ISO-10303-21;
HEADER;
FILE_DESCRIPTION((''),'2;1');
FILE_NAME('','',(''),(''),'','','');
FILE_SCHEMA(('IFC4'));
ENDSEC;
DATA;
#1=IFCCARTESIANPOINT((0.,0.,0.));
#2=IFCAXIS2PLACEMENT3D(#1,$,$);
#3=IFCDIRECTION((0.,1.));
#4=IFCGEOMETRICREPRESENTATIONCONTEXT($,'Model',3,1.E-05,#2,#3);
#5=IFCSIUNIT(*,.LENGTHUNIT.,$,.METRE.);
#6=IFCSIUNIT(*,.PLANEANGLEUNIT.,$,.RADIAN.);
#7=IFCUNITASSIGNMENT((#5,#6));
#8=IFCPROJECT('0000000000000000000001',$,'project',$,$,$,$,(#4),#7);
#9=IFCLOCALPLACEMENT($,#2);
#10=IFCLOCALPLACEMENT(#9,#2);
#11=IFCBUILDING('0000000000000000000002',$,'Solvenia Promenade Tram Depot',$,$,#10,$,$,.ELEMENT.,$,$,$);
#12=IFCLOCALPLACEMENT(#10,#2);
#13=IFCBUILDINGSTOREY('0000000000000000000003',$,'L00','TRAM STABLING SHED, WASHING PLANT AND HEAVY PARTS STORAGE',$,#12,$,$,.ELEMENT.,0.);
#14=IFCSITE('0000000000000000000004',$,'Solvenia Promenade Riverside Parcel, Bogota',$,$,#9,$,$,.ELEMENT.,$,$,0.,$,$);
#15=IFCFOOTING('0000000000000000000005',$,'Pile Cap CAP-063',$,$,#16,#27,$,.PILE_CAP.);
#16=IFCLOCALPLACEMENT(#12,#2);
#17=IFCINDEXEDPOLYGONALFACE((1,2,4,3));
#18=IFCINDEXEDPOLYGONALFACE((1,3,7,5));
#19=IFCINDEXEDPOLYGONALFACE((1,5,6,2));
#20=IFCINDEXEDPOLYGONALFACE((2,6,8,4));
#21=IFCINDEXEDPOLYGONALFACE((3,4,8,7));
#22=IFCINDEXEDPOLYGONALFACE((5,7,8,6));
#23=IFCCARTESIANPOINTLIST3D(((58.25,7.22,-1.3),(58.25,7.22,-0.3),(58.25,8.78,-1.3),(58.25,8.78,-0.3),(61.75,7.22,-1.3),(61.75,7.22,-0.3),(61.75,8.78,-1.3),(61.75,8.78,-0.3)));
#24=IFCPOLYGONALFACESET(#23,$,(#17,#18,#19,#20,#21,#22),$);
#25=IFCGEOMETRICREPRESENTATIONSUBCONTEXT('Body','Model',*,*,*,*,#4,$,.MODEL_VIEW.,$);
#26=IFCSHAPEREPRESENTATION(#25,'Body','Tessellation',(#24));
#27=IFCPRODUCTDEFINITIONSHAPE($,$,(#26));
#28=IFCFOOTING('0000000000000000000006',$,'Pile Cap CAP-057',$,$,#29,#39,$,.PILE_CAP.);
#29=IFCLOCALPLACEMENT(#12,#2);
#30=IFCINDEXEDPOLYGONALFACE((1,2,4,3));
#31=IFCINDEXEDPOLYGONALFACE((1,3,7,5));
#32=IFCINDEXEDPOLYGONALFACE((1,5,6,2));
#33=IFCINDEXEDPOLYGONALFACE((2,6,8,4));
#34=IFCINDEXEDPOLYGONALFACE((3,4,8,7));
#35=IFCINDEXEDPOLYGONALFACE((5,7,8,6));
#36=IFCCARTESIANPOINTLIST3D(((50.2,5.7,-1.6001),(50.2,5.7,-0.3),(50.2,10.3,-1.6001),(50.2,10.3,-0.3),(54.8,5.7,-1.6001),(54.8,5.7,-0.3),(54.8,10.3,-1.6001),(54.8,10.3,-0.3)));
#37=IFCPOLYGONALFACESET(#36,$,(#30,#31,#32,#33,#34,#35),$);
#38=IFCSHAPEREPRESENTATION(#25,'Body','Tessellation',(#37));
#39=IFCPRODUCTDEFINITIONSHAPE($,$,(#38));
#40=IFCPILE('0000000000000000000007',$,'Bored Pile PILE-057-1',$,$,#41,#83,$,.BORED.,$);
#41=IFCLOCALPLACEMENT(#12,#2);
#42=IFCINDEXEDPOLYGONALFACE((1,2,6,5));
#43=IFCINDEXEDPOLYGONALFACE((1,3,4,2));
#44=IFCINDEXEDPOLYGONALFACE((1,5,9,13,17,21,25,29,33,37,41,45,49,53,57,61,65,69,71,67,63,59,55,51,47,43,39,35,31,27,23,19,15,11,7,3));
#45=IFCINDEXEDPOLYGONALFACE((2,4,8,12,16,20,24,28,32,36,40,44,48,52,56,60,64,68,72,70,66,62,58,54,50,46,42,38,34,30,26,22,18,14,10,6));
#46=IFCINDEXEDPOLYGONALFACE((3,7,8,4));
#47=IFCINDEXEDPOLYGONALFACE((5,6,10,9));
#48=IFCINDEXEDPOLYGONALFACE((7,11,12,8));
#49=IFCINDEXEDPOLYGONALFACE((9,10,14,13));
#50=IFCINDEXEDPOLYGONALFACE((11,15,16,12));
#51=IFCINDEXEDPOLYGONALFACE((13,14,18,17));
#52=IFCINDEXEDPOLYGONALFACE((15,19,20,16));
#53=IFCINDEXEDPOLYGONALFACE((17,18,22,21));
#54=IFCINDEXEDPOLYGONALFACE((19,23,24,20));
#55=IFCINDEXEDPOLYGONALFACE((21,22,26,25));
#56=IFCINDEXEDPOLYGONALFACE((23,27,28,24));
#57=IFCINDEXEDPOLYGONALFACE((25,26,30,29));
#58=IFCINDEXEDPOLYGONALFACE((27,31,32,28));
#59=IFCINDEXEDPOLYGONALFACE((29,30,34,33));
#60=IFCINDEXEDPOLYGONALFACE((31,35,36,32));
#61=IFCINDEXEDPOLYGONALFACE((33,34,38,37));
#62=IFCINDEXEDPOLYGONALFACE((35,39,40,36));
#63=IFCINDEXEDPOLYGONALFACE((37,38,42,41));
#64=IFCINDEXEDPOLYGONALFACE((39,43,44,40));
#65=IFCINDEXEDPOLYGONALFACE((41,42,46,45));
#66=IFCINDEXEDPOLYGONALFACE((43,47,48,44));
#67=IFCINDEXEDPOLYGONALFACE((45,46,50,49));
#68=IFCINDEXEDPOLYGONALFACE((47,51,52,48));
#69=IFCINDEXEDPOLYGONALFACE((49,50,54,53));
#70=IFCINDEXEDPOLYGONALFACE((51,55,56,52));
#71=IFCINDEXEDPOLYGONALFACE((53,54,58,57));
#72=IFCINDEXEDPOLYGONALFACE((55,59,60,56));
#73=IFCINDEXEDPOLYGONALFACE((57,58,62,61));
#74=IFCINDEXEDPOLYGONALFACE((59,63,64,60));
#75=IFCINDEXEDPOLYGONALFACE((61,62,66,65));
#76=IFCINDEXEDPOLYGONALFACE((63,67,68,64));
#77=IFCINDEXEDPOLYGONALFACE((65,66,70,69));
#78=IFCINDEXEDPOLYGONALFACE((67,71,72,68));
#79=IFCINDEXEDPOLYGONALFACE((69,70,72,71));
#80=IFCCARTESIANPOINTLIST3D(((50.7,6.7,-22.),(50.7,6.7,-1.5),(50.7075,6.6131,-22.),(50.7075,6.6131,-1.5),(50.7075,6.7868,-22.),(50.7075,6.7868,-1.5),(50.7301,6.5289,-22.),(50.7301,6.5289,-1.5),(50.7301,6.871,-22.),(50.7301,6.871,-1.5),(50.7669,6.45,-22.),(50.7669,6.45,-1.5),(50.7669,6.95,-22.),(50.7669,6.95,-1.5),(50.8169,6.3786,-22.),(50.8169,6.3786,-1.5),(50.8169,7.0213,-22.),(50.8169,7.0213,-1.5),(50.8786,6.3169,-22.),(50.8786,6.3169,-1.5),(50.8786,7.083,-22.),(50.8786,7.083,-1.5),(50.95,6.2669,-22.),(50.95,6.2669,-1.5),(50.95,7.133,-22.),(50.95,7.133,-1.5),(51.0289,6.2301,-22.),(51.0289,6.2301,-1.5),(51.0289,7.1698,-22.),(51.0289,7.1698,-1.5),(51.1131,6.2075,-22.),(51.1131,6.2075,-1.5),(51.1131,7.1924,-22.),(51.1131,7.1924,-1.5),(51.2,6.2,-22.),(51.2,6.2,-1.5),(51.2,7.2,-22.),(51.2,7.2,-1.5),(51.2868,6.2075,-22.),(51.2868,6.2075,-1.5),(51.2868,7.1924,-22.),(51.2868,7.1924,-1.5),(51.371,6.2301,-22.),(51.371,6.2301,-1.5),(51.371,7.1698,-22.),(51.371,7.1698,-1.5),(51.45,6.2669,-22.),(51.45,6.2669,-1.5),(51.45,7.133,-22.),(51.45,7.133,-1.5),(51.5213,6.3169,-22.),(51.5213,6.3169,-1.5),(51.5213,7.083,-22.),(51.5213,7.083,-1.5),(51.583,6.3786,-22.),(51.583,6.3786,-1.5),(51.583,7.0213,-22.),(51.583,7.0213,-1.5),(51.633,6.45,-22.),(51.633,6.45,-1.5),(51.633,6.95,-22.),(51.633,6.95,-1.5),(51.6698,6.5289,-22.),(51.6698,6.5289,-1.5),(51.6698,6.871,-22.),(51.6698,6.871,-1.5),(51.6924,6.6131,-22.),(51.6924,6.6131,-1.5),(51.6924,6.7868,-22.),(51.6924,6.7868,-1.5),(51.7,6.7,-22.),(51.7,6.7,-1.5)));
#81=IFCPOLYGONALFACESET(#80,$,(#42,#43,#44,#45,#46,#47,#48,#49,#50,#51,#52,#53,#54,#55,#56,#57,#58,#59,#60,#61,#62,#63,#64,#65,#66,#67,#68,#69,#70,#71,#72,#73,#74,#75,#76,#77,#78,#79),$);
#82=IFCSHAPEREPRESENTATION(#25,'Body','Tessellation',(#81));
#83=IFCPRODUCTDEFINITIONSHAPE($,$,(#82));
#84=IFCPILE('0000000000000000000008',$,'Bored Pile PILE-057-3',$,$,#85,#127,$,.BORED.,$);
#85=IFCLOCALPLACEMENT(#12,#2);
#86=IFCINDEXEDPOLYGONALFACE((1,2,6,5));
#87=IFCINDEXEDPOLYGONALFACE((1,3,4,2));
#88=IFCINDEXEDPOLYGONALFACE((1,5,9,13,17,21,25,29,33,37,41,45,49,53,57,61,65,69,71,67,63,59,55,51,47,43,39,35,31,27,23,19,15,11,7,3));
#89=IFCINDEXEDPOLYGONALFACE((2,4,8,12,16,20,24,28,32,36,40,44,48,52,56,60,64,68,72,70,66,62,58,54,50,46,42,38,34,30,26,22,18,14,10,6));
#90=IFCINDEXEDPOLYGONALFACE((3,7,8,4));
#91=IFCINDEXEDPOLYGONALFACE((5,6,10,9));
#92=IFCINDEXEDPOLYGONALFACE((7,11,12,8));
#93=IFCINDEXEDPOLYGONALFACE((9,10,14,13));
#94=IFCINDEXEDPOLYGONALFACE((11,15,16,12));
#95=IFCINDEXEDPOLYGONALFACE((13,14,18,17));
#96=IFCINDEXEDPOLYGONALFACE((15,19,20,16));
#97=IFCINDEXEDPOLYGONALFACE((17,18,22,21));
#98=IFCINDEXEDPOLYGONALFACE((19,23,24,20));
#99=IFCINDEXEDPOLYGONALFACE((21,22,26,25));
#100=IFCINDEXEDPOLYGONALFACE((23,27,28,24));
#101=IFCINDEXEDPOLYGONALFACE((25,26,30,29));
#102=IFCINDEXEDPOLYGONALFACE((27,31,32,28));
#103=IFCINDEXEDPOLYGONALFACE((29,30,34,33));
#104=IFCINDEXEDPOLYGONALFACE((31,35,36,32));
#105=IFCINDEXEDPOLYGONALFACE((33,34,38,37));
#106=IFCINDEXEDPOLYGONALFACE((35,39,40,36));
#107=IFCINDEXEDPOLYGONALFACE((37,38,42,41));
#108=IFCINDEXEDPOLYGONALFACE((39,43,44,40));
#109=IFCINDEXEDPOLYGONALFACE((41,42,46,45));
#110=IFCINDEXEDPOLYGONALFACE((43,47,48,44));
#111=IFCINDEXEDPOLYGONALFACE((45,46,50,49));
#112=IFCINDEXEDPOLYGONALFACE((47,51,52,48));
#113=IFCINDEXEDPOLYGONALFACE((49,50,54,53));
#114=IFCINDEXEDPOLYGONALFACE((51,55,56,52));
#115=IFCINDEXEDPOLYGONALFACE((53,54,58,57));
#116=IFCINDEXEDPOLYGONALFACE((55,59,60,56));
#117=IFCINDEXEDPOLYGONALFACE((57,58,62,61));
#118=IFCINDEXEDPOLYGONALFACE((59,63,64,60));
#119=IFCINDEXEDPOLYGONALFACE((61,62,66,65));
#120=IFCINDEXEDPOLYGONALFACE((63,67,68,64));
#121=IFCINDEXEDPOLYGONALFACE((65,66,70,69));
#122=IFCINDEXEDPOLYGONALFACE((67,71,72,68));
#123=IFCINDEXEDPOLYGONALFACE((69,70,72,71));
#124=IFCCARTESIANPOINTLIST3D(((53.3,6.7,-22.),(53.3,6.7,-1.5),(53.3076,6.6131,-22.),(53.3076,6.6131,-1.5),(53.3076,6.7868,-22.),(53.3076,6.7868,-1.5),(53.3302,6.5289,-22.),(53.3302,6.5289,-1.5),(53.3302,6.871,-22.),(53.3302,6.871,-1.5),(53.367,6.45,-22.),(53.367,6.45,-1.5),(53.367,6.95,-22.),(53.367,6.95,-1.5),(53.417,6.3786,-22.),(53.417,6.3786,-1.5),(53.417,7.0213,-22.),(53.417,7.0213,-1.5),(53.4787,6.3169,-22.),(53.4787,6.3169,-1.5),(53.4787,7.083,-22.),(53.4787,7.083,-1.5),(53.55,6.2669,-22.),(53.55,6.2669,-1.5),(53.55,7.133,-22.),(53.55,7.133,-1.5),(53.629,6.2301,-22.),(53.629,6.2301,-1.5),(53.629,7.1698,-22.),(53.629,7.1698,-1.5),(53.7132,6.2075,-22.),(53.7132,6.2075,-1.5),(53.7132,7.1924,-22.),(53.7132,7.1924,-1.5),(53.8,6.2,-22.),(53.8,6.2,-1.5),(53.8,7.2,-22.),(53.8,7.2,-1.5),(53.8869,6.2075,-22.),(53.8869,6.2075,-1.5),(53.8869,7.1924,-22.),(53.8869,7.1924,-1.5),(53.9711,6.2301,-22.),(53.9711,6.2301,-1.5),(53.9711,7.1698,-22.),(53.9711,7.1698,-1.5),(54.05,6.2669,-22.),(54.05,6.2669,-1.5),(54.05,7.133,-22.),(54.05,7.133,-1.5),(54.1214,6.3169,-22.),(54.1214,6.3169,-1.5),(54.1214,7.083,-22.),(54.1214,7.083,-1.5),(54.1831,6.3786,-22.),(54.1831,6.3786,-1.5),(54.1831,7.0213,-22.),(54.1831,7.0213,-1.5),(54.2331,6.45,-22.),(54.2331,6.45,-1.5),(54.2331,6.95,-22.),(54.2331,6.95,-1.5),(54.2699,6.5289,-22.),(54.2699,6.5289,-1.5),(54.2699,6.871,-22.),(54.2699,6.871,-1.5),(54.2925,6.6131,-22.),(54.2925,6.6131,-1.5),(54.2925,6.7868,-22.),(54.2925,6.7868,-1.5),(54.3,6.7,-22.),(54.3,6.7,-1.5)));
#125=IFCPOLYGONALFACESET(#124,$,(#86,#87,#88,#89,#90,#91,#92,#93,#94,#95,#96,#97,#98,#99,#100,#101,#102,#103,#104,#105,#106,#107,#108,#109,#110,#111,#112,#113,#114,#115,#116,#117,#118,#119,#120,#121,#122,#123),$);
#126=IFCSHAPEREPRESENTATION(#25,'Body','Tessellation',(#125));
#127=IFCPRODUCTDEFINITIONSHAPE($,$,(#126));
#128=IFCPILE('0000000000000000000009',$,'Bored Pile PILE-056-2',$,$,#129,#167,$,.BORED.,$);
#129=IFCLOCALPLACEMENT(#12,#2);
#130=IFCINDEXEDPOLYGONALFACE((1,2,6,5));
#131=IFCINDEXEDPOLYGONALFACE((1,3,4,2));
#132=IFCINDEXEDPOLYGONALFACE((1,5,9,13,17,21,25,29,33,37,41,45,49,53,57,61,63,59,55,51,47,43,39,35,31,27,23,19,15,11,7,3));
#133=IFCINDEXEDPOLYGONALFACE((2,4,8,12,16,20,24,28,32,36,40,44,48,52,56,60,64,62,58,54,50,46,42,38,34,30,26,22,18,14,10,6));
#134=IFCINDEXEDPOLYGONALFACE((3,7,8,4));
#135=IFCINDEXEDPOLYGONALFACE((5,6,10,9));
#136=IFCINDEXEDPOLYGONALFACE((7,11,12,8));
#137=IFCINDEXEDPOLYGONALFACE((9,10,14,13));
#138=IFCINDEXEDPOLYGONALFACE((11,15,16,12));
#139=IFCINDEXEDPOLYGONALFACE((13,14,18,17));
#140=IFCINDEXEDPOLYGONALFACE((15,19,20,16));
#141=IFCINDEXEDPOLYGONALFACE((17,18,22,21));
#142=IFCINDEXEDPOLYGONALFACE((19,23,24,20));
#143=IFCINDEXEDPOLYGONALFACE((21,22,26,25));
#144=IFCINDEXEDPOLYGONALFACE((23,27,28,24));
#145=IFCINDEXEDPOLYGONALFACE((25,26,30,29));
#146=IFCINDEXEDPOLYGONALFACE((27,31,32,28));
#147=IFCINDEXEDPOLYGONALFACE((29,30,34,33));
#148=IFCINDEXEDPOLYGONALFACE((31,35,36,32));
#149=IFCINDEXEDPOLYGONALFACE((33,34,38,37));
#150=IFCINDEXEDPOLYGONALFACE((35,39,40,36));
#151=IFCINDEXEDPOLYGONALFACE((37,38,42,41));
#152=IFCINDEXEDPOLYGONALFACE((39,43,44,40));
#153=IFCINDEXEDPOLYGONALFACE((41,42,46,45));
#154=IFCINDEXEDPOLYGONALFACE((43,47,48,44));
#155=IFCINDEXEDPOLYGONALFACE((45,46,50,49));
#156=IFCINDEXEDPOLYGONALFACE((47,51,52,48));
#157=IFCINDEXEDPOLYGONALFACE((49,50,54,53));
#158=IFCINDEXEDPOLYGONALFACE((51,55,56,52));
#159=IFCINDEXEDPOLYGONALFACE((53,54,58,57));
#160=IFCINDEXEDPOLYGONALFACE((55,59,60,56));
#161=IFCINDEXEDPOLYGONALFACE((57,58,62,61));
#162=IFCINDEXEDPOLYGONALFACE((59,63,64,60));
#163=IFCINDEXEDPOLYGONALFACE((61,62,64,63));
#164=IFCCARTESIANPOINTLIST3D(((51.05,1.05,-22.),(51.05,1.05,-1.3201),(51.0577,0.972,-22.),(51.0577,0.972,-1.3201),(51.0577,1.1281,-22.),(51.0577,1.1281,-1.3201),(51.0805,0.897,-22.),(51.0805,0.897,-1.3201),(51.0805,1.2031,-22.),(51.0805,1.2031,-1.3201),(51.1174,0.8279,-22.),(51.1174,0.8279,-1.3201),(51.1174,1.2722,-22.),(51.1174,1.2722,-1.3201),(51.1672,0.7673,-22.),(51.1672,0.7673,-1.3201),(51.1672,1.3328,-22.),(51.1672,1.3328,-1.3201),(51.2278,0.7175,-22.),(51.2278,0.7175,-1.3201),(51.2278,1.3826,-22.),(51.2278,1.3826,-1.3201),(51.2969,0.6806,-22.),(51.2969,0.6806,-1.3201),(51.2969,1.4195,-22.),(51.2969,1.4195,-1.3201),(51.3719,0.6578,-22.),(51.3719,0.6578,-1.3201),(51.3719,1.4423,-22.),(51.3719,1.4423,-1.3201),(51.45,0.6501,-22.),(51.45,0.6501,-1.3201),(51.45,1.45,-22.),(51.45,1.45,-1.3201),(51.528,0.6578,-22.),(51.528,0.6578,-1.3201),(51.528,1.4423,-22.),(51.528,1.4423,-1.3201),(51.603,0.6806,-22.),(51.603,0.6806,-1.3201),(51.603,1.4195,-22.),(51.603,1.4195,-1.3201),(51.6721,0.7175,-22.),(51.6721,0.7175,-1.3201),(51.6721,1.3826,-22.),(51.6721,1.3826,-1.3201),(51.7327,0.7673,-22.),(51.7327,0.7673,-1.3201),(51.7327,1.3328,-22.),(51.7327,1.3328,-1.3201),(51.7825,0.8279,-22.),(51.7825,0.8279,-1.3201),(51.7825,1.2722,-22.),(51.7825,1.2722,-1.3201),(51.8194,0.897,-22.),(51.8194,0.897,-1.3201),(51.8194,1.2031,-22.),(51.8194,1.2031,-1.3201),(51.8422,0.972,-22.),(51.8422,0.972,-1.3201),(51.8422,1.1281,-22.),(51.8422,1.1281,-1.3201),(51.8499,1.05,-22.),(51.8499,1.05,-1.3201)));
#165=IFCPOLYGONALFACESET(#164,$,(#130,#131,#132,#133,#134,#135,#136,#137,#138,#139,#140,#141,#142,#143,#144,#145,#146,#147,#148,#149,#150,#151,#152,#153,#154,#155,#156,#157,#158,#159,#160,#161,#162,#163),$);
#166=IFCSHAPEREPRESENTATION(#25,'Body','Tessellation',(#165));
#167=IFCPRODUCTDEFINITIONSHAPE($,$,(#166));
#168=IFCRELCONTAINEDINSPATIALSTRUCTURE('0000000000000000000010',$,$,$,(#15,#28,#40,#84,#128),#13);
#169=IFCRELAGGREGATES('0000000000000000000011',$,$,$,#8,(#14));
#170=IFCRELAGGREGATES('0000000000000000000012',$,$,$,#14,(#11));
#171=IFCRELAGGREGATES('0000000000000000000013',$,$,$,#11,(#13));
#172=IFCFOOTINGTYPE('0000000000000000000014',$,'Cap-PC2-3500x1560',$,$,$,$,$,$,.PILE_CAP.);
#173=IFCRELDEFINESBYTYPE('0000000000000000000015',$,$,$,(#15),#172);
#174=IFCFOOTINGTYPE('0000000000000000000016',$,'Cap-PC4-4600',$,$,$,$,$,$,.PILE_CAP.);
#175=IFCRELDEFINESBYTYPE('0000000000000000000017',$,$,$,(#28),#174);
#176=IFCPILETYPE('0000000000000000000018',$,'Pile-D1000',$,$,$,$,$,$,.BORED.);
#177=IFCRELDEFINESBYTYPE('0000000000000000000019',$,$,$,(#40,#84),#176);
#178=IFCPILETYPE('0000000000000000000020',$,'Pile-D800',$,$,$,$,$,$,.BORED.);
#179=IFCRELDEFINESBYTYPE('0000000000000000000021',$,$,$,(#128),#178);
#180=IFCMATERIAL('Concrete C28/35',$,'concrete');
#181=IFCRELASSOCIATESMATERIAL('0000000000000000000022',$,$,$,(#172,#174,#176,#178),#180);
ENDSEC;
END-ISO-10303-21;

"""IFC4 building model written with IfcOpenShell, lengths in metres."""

from ifc_helpers import new_model, si_unit, direction, frame, origin, origin_2d, place, context, subcontext, project, spatial, rectangle, circle, extrude, material, material_profile, profile_set, type_object, element, save


model = new_model("IFC4")

# Units and contexts
model_context = context("Model", 3, precision=1e-05, world=origin(), true_north=direction((0.0, 1.0)))
body_context = subcontext(model_context, "Body", "Model", "MODEL_VIEW")
ifc_project = project(units=[si_unit("LENGTHUNIT", "METRE"), si_unit("PLANEANGLEUNIT", "RADIAN")], contexts=[model_context])

# Site, building, storey
site_placement = place(None, origin())
site = spatial("IfcSite", under=ifc_project, at=site_placement, Name="Solvenia Promenade Riverside Parcel, Bogota", CompositionType="ELEMENT", RefElevation=0.0)
building_placement = place(site_placement, origin())
building = spatial("IfcBuilding", under=site, at=building_placement, Name="Solvenia Promenade Tram Depot", CompositionType="ELEMENT")
storey_placement = place(building_placement, origin())
storey = spatial("IfcBuildingStorey", under=building, at=storey_placement, Name="L00", Description="TRAM STABLING SHED, WASHING PLANT AND HEAVY PARTS STORAGE", CompositionType="ELEMENT", Elevation=0.0)

# Footings
ifc_material_1 = material(Name="Concrete C28/35", Category="concrete")
footing_type_1 = type_object("IfcFootingType", Name="Cap-PC2-3500x1560", PredefinedType="PILE_CAP", material=ifc_material_1)
footing_1_placement = place(storey_placement, frame((60.0, 8.0, -1.3), z_axis=(0.0, 0.0, 1.0), x_axis=(1.0, 0.0, 0.0)))
element("IfcFooting", 1, at=footing_1_placement, inside=storey, type_object=footing_type_1, Name="Pile Cap CAP-063", PredefinedType="PILE_CAP", context=body_context, shape_type="SweptSolid", body=[
    extrude(rectangle(XDim=3.5, YDim=1.5601, at=origin_2d()), origin(), (0.0, 0.0, 1.0), 1.0),
])
footing_type_2 = type_object("IfcFootingType", Name="Cap-PC4-4600", PredefinedType="PILE_CAP", material=ifc_material_1)
footing_2_placement = place(storey_placement, frame((52.5, 8.0, -1.6001), z_axis=(0.0, 0.0, 1.0), x_axis=(1.0, 0.0, 0.0)))
element("IfcFooting", 2, at=footing_2_placement, inside=storey, type_object=footing_type_2, Name="Pile Cap CAP-057", PredefinedType="PILE_CAP", context=body_context, shape_type="SweptSolid", body=[
    extrude(rectangle(XDim=4.6001, YDim=4.6001, at=origin_2d()), origin(), (0.0, 0.0, 1.0), 1.3),
])

# Piles
ifc_material_profile_1 = material_profile(ifc_material_1, circle(Radius=0.5, at=origin_2d()), Name="D1000", Category="concrete")
ifc_profile_set_1 = profile_set([ifc_material_profile_1], Name="Concrete C28/35")
pile_type_1 = type_object("IfcPileType", Name="Pile-D1000", PredefinedType="BORED", material=ifc_profile_set_1)
for number, where, z_axis, x_axis, name in (
    (3, (51.2, 6.7, -1.5), (0.0, 0.0, -1.0), (1.0, 0.0, 0.0), "Bored Pile PILE-057-1"),
    (4, (53.8, 6.7, -1.5), (0.0, 0.0, -1.0), (1.0, 0.0, 0.0), "Bored Pile PILE-057-3"),
):
    element("IfcPile", number, at=place(storey_placement, frame(where, z_axis=z_axis, x_axis=x_axis)), inside=storey, type_object=pile_type_1, Name=name, PredefinedType="BORED", context=body_context, shape_type="SweptSolid", body=[
        extrude(circle(Radius=0.5, at=origin_2d()), origin(), (0.0, 0.0, 1.0), 20.5),
    ])
ifc_material_profile_2 = material_profile(ifc_material_1, circle(Radius=0.3999, at=origin_2d()), Name="D800", Category="concrete")
ifc_profile_set_2 = profile_set([ifc_material_profile_2], Name="Concrete C28/35")
pile_type_2 = type_object("IfcPileType", Name="Pile-D800", PredefinedType="BORED", material=ifc_profile_set_2)
for number, where, z_axis, x_axis, name in (
    (5, (51.45, 1.05, -1.3201), (0.0, 0.0, -1.0), (1.0, 0.0, 0.0), "Bored Pile PILE-056-2"),
):
    element("IfcPile", number, at=place(storey_placement, frame(where, z_axis=z_axis, x_axis=x_axis)), inside=storey, type_object=pile_type_2, Name=name, PredefinedType="BORED", context=body_context, shape_type="SweptSolid", body=[
        extrude(circle(Radius=0.3999, at=origin_2d()), origin(), (0.0, 0.0, 1.0), 20.6799),
    ])

save(model, "model.ifc")
